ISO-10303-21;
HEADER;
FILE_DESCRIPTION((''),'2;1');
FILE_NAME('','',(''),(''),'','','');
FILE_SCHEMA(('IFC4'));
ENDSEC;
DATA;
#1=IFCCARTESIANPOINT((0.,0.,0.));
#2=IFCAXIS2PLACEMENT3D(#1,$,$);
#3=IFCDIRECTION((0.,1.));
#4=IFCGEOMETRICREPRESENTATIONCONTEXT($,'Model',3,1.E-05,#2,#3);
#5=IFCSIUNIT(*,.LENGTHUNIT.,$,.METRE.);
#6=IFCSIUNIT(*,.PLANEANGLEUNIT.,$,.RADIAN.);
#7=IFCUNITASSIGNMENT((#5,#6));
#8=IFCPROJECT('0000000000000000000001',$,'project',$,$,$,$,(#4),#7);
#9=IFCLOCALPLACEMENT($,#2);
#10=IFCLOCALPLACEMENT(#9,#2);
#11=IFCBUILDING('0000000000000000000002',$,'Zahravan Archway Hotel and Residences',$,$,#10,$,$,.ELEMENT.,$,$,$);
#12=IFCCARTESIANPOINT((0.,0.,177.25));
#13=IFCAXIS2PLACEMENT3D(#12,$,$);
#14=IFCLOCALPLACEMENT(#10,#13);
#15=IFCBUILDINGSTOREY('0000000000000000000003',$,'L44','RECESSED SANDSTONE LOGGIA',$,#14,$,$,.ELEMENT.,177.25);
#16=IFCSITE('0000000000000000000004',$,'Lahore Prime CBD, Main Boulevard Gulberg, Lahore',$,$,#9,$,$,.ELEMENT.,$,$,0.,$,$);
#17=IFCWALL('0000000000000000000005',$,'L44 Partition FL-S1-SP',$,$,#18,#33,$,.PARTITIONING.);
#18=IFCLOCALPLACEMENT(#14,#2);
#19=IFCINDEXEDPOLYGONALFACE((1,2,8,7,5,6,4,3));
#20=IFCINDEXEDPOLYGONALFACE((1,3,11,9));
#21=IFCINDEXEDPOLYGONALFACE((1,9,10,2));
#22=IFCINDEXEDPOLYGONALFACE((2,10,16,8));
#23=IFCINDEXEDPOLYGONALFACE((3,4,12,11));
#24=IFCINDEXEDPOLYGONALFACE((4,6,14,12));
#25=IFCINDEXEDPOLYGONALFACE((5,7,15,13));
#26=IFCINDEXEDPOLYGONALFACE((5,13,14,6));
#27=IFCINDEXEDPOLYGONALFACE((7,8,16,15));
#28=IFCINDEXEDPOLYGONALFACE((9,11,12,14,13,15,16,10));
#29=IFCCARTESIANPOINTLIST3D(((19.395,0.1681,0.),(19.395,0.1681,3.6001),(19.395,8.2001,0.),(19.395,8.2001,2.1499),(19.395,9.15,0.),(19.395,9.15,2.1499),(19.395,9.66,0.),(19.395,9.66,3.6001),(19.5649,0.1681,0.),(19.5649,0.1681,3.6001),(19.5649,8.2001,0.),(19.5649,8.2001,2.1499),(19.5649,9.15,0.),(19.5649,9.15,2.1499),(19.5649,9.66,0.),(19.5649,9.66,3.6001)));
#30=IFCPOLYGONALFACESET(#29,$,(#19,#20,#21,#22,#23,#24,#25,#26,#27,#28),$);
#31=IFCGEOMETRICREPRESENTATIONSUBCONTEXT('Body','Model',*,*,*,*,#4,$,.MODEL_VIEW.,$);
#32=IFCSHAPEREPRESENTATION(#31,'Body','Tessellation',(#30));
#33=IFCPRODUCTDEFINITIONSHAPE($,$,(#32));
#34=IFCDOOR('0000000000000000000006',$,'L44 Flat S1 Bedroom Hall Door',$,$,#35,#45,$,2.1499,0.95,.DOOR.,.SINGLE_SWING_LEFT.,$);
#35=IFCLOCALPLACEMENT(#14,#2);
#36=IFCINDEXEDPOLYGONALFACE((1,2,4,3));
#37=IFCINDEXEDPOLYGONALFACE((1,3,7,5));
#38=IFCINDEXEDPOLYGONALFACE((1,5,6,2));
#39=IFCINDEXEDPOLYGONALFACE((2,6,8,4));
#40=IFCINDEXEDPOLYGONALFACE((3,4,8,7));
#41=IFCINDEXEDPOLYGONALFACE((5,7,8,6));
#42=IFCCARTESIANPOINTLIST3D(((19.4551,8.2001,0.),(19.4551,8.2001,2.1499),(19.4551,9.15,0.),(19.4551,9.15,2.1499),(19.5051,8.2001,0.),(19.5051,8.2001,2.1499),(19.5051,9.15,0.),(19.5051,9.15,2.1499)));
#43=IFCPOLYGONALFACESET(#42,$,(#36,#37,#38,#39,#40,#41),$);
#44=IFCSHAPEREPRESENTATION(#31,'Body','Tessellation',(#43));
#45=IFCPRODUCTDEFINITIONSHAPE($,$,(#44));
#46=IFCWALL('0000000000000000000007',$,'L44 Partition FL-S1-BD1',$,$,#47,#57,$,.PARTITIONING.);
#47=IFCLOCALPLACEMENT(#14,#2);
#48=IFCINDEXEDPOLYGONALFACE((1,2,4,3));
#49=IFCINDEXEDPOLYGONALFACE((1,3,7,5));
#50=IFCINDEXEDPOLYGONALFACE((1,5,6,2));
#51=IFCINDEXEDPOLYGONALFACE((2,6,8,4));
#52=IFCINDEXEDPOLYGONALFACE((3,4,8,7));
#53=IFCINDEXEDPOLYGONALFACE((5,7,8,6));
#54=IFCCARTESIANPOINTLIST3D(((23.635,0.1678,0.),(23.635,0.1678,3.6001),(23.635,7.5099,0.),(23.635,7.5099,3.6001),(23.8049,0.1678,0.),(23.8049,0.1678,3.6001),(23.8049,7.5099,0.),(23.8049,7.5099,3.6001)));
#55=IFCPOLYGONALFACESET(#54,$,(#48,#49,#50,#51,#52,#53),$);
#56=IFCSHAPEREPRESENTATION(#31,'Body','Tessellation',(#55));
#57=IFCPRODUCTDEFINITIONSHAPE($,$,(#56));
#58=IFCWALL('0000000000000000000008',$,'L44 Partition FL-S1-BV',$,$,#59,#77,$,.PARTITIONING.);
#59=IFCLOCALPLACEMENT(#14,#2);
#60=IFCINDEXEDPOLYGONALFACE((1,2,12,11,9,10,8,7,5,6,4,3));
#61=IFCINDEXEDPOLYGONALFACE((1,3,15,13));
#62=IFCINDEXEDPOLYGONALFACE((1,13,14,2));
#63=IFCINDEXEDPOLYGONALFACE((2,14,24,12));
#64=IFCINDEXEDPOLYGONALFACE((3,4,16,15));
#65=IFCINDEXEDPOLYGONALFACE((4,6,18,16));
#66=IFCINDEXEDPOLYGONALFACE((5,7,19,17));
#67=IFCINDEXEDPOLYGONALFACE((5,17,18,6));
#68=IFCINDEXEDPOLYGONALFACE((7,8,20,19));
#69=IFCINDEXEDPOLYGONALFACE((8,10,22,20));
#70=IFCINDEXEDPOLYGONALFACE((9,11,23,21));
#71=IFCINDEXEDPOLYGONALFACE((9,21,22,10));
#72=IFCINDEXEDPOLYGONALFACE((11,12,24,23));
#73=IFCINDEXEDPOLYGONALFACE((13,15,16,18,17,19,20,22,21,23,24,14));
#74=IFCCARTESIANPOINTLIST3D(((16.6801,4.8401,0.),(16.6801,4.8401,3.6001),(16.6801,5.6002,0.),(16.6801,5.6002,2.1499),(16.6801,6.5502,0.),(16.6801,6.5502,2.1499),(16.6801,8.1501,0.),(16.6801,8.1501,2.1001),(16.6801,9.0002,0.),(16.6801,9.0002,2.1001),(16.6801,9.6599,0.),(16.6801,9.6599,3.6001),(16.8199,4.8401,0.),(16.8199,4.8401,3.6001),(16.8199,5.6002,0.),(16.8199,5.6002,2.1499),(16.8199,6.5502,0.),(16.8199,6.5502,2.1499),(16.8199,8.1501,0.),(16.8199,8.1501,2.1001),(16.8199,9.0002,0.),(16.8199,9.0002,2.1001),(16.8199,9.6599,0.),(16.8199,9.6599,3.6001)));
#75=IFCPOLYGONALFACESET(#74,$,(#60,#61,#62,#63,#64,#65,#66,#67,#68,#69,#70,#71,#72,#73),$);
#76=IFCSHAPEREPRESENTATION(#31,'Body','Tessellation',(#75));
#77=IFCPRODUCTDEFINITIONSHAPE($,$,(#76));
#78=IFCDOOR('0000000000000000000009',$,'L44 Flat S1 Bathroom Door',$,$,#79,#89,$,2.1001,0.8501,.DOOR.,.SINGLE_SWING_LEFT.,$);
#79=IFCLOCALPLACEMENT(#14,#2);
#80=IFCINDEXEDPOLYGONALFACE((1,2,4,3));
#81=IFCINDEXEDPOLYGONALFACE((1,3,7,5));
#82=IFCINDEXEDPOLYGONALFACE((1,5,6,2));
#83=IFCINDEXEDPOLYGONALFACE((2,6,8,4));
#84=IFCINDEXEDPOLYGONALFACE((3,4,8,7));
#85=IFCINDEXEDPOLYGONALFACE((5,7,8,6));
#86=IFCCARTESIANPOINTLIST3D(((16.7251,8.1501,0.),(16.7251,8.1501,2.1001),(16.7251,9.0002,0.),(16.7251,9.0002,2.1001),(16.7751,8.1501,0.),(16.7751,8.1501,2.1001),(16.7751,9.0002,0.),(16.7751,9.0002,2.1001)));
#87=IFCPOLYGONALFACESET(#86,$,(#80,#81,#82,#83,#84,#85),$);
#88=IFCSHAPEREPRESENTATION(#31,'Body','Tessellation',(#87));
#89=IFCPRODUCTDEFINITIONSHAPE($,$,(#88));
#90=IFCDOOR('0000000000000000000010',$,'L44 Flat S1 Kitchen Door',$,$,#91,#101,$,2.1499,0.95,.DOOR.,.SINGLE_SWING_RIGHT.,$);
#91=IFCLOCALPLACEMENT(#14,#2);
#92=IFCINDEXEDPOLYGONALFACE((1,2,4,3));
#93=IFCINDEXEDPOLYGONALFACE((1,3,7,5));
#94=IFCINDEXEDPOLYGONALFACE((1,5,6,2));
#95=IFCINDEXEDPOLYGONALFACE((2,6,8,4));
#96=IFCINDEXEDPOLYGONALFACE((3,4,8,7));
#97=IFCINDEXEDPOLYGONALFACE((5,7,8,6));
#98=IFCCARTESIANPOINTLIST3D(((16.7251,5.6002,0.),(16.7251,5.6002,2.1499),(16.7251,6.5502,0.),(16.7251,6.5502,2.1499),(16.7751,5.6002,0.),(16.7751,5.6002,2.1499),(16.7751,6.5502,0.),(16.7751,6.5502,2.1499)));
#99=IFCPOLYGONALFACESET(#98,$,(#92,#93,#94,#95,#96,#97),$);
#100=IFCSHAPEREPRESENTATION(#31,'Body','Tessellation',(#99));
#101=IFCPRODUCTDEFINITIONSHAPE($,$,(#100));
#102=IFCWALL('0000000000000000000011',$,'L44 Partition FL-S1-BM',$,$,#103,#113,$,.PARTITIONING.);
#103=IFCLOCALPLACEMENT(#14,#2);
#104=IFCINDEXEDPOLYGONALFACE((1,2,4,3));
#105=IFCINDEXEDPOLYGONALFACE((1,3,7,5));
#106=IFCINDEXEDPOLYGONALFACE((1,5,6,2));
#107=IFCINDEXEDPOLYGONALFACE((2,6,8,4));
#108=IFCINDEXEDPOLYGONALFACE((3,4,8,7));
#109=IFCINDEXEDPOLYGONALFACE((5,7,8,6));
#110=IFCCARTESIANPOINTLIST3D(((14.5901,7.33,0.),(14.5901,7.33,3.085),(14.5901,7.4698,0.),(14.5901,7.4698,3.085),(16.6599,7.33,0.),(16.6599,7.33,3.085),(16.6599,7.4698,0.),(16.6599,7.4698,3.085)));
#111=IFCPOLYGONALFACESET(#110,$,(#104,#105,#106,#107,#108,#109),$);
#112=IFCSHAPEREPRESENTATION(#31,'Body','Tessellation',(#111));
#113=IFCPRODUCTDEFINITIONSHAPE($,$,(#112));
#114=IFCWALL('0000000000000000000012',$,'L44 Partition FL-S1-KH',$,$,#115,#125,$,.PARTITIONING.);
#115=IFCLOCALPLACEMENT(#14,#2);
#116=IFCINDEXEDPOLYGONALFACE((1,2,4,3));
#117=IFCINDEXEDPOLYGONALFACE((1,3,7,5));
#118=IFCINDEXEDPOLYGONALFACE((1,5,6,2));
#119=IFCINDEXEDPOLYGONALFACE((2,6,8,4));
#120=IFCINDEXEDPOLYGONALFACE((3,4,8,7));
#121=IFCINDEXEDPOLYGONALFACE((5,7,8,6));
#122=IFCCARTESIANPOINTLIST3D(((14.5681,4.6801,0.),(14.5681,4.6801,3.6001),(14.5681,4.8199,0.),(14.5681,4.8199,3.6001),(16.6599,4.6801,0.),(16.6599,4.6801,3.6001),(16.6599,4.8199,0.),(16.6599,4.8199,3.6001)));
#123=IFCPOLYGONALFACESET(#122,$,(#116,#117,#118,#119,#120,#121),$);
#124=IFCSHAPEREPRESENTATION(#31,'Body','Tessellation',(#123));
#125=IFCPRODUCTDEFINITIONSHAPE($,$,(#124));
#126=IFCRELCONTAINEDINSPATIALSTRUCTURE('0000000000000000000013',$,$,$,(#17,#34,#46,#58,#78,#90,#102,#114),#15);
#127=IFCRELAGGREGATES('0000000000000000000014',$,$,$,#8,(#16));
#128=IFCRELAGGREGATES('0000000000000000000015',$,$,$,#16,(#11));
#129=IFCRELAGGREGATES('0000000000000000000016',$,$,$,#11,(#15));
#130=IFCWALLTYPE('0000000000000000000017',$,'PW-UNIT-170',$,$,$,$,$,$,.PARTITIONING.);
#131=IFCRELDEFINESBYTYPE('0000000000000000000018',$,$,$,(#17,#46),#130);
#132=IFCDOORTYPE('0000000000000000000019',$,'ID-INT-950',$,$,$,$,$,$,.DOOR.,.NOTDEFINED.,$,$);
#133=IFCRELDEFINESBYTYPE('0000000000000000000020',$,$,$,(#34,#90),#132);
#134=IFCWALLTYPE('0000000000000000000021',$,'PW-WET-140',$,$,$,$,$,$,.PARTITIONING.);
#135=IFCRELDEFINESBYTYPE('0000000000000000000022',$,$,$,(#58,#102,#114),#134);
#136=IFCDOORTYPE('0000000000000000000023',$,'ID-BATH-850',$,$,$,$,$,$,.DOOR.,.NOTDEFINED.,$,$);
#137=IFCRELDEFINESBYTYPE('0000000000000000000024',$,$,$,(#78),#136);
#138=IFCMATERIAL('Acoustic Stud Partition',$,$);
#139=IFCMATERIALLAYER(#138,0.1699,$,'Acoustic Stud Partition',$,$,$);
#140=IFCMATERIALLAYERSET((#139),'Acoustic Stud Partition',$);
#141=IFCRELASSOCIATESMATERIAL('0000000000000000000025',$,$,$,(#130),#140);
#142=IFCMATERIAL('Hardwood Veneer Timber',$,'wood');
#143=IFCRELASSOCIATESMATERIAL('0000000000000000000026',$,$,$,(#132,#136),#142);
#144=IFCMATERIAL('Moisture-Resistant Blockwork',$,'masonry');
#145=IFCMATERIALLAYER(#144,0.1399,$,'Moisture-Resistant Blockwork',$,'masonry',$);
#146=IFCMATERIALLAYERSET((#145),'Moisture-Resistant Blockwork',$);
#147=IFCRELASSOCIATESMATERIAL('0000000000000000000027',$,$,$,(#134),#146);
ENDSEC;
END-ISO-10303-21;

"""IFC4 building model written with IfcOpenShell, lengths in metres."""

from ifc_helpers import new_model, si_unit, direction, frame, frame_2d, origin, place, context, subcontext, project, spatial, rectangle, extrude, source, transform, mapped, material, layer, layer_set, type_object, type_shapes, element, fill, save


model = new_model("IFC4")

# Units and contexts
model_context = context("Model", 3, precision=1e-05, world=origin(), true_north=direction((0.0, 1.0)))
body_context = subcontext(model_context, "Body", "Model", "MODEL_VIEW")
ifc_project = project(units=[si_unit("LENGTHUNIT", "METRE"), si_unit("PLANEANGLEUNIT", "RADIAN")], contexts=[model_context])

# Site, building, storey
site_placement = place(None, origin())
site = spatial("IfcSite", under=ifc_project, at=site_placement, Name="Lahore Prime CBD, Main Boulevard Gulberg, Lahore", CompositionType="ELEMENT", RefElevation=0.0)
building_placement = place(site_placement, origin())
building = spatial("IfcBuilding", under=site, at=building_placement, Name="Zahravan Archway Hotel and Residences", CompositionType="ELEMENT")
storey_placement = place(building_placement, frame((0.0, 0.0, 177.25)))
storey = spatial("IfcBuildingStorey", under=building, at=storey_placement, Name="L44", Description="RECESSED SANDSTONE LOGGIA", CompositionType="ELEMENT", Elevation=177.25)

# Wall, opening, door
ifc_material_1 = material(Name="Acoustic Stud Partition")
ifc_layer_1 = layer(ifc_material_1, 0.1699, Name="Acoustic Stud Partition")
ifc_layer_set_1 = layer_set([ifc_layer_1], Name="Acoustic Stud Partition")
wall_type_1 = type_object("IfcWallType", Name="PW-UNIT-170", PredefinedType="PARTITIONING", material=ifc_layer_set_1)
wall_1_placement = place(storey_placement, frame((19.48, 0.168, 0.0), z_axis=(0.0, 0.0, 1.0), x_axis=(0.0, 1.0, 0.0)))
wall_1 = element("IfcWall", 1, at=wall_1_placement, inside=storey, type_object=wall_type_1, Name="L44 Partition FL-S1-SP", PredefinedType="PARTITIONING", context=body_context, shape_type="SweptSolid", body=[
    extrude(rectangle(XDim=9.4919, YDim=0.1699, at=frame_2d((4.7461, 0.0))), origin(), (0.0, 0.0, 1.0), 3.6001),
])
opening_1_placement = place(wall_1_placement, frame((8.032, 0.0, 0.0)))
opening_1 = element("IfcOpeningElement", 2, at=opening_1_placement, cuts=wall_1, PredefinedType="OPENING", context=body_context, shape_type="SweptSolid", body=[
    extrude(rectangle(XDim=0.95, YDim=2.1499, at=frame_2d((0.4751, 1.075))), frame((0.0, 0.095, 0.0), z_axis=(0.0, -1.0, 0.0), x_axis=(1.0, 0.0, 0.0)), (0.0, 0.0, 1.0), 0.1899),
])
ifc_material_2 = material(Name="Hardwood Veneer Timber", Category="wood")
door_type_1 = type_object("IfcDoorType", Name="ID-INT-950", OperationType="NOTDEFINED", PredefinedType="DOOR", material=ifc_material_2)
shared_shape_1 = source(origin(), body_context, "Body", "SweptSolid", [
    extrude(rectangle(XDim=0.95, YDim=2.1499, at=frame_2d((0.4751, 1.075))), frame((0.0, 0.0249, 0.0), z_axis=(0.0, -1.0, 0.0), x_axis=(1.0, 0.0, 0.0)), (0.0, 0.0, 1.0), 0.05),
])
type_shapes(door_type_1, [shared_shape_1])
door_1_placement = place(opening_1_placement, origin())
door_1 = element("IfcDoor", 3, at=door_1_placement, inside=storey, type_object=door_type_1, Name="L44 Flat S1 Bedroom Hall Door", OperationType="SINGLE_SWING_LEFT", OverallHeight=2.1499, OverallWidth=0.95, PredefinedType="DOOR", context=body_context, shape_type="MappedRepresentation", body=[
    mapped(shared_shape_1, transform((0.0, 0.0, 0.0), scale=1.0)),
])
fill(opening_1, door_1)

# Wall
wall_2_placement = place(storey_placement, frame((23.72, 0.168, 0.0), z_axis=(0.0, 0.0, 1.0), x_axis=(0.0, 1.0, 0.0)))
element("IfcWall", 4, at=wall_2_placement, inside=storey, type_object=wall_type_1, Name="L44 Partition FL-S1-BD1", PredefinedType="PARTITIONING", context=body_context, shape_type="SweptSolid", body=[
    extrude(rectangle(XDim=7.342, YDim=0.1699, at=frame_2d((3.6709, 0.0))), origin(), (0.0, 0.0, 1.0), 3.6001),
])

# Wall, openings, doors
ifc_material_3 = material(Name="Moisture-Resistant Blockwork", Category="masonry")
ifc_layer_2 = layer(ifc_material_3, 0.1399, Name="Moisture-Resistant Blockwork", Category="masonry")
ifc_layer_set_2 = layer_set([ifc_layer_2], Name="Moisture-Resistant Blockwork")
wall_type_2 = type_object("IfcWallType", Name="PW-WET-140", PredefinedType="PARTITIONING", material=ifc_layer_set_2)
wall_3_placement = place(storey_placement, frame((16.75, 4.8401, 0.0), z_axis=(0.0, 0.0, 1.0), x_axis=(0.0, 1.0, 0.0)))
wall_3 = element("IfcWall", 5, at=wall_3_placement, inside=storey, type_object=wall_type_2, Name="L44 Partition FL-S1-BV", PredefinedType="PARTITIONING", context=body_context, shape_type="SweptSolid", body=[
    extrude(rectangle(XDim=4.8198, YDim=0.1399, at=frame_2d((2.4099, 0.0))), origin(), (0.0, 0.0, 1.0), 3.6001),
])
opening_2_placement = place(wall_3_placement, frame((0.76, 0.0, 0.0)))
opening_2 = element("IfcOpeningElement", 6, at=opening_2_placement, cuts=wall_3, PredefinedType="OPENING", context=body_context, shape_type="SweptSolid", body=[
    extrude(rectangle(XDim=0.95, YDim=2.1499, at=frame_2d((0.4751, 1.075))), frame((0.0, 0.0801, 0.0), z_axis=(0.0, -1.0, 0.0), x_axis=(1.0, 0.0, 0.0)), (0.0, 0.0, 1.0), 0.1599),
])
opening_3_placement = place(wall_3_placement, frame((3.3101, 0.0, 0.0)))
opening_3 = element("IfcOpeningElement", 7, at=opening_3_placement, cuts=wall_3, PredefinedType="OPENING", context=body_context, shape_type="SweptSolid", body=[
    extrude(rectangle(XDim=0.8501, YDim=2.1001, at=frame_2d((0.425, 1.05))), frame((0.0, 0.0801, 0.0), z_axis=(0.0, -1.0, 0.0), x_axis=(1.0, 0.0, 0.0)), (0.0, 0.0, 1.0), 0.1599),
])
door_type_2 = type_object("IfcDoorType", Name="ID-BATH-850", OperationType="NOTDEFINED", PredefinedType="DOOR", material=ifc_material_2)
shared_shape_2 = source(origin(), body_context, "Body", "SweptSolid", [
    extrude(rectangle(XDim=0.8501, YDim=2.1001, at=frame_2d((0.425, 1.05))), frame((0.0, 0.0249, 0.0), z_axis=(0.0, -1.0, 0.0), x_axis=(1.0, 0.0, 0.0)), (0.0, 0.0, 1.0), 0.05),
])
type_shapes(door_type_2, [shared_shape_2])
door_2_placement = place(opening_3_placement, origin())
door_2 = element("IfcDoor", 8, at=door_2_placement, inside=storey, type_object=door_type_2, Name="L44 Flat S1 Bathroom Door", OperationType="SINGLE_SWING_LEFT", OverallHeight=2.1001, OverallWidth=0.8501, PredefinedType="DOOR", context=body_context, shape_type="MappedRepresentation", body=[
    mapped(shared_shape_2, transform((0.0, 0.0, 0.0), scale=1.0)),
])
fill(opening_3, door_2)
door_3_placement = place(opening_2_placement, origin())
door_3 = element("IfcDoor", 9, at=door_3_placement, inside=storey, type_object=door_type_1, Name="L44 Flat S1 Kitchen Door", OperationType="SINGLE_SWING_RIGHT", OverallHeight=2.1499, OverallWidth=0.95, PredefinedType="DOOR", context=body_context, shape_type="MappedRepresentation", body=[
    mapped(shared_shape_1, transform((0.0, 0.0, 0.0), scale=1.0)),
])
fill(opening_2, door_3)

# Walls
wall_4_placement = place(storey_placement, frame((14.5901, 7.3999, 0.0), z_axis=(0.0, 0.0, 1.0), x_axis=(1.0, 0.0, 0.0)))
element("IfcWall", 10, at=wall_4_placement, inside=storey, type_object=wall_type_2, Name="L44 Partition FL-S1-BM", PredefinedType="PARTITIONING", context=body_context, shape_type="SweptSolid", body=[
    extrude(rectangle(XDim=2.0698, YDim=0.1399, at=frame_2d((1.0349, 0.0))), origin(), (0.0, 0.0, 1.0), 3.085),
])
wall_5_placement = place(storey_placement, frame((14.5681, 4.75, 0.0), z_axis=(0.0, 0.0, 1.0), x_axis=(1.0, 0.0, 0.0)))
element("IfcWall", 11, at=wall_5_placement, inside=storey, type_object=wall_type_2, Name="L44 Partition FL-S1-KH", PredefinedType="PARTITIONING", context=body_context, shape_type="SweptSolid", body=[
    extrude(rectangle(XDim=2.0918, YDim=0.1399, at=frame_2d((1.0459, 0.0))), origin(), (0.0, 0.0, 1.0), 3.6001),
])

save(model, "model.ifc")
